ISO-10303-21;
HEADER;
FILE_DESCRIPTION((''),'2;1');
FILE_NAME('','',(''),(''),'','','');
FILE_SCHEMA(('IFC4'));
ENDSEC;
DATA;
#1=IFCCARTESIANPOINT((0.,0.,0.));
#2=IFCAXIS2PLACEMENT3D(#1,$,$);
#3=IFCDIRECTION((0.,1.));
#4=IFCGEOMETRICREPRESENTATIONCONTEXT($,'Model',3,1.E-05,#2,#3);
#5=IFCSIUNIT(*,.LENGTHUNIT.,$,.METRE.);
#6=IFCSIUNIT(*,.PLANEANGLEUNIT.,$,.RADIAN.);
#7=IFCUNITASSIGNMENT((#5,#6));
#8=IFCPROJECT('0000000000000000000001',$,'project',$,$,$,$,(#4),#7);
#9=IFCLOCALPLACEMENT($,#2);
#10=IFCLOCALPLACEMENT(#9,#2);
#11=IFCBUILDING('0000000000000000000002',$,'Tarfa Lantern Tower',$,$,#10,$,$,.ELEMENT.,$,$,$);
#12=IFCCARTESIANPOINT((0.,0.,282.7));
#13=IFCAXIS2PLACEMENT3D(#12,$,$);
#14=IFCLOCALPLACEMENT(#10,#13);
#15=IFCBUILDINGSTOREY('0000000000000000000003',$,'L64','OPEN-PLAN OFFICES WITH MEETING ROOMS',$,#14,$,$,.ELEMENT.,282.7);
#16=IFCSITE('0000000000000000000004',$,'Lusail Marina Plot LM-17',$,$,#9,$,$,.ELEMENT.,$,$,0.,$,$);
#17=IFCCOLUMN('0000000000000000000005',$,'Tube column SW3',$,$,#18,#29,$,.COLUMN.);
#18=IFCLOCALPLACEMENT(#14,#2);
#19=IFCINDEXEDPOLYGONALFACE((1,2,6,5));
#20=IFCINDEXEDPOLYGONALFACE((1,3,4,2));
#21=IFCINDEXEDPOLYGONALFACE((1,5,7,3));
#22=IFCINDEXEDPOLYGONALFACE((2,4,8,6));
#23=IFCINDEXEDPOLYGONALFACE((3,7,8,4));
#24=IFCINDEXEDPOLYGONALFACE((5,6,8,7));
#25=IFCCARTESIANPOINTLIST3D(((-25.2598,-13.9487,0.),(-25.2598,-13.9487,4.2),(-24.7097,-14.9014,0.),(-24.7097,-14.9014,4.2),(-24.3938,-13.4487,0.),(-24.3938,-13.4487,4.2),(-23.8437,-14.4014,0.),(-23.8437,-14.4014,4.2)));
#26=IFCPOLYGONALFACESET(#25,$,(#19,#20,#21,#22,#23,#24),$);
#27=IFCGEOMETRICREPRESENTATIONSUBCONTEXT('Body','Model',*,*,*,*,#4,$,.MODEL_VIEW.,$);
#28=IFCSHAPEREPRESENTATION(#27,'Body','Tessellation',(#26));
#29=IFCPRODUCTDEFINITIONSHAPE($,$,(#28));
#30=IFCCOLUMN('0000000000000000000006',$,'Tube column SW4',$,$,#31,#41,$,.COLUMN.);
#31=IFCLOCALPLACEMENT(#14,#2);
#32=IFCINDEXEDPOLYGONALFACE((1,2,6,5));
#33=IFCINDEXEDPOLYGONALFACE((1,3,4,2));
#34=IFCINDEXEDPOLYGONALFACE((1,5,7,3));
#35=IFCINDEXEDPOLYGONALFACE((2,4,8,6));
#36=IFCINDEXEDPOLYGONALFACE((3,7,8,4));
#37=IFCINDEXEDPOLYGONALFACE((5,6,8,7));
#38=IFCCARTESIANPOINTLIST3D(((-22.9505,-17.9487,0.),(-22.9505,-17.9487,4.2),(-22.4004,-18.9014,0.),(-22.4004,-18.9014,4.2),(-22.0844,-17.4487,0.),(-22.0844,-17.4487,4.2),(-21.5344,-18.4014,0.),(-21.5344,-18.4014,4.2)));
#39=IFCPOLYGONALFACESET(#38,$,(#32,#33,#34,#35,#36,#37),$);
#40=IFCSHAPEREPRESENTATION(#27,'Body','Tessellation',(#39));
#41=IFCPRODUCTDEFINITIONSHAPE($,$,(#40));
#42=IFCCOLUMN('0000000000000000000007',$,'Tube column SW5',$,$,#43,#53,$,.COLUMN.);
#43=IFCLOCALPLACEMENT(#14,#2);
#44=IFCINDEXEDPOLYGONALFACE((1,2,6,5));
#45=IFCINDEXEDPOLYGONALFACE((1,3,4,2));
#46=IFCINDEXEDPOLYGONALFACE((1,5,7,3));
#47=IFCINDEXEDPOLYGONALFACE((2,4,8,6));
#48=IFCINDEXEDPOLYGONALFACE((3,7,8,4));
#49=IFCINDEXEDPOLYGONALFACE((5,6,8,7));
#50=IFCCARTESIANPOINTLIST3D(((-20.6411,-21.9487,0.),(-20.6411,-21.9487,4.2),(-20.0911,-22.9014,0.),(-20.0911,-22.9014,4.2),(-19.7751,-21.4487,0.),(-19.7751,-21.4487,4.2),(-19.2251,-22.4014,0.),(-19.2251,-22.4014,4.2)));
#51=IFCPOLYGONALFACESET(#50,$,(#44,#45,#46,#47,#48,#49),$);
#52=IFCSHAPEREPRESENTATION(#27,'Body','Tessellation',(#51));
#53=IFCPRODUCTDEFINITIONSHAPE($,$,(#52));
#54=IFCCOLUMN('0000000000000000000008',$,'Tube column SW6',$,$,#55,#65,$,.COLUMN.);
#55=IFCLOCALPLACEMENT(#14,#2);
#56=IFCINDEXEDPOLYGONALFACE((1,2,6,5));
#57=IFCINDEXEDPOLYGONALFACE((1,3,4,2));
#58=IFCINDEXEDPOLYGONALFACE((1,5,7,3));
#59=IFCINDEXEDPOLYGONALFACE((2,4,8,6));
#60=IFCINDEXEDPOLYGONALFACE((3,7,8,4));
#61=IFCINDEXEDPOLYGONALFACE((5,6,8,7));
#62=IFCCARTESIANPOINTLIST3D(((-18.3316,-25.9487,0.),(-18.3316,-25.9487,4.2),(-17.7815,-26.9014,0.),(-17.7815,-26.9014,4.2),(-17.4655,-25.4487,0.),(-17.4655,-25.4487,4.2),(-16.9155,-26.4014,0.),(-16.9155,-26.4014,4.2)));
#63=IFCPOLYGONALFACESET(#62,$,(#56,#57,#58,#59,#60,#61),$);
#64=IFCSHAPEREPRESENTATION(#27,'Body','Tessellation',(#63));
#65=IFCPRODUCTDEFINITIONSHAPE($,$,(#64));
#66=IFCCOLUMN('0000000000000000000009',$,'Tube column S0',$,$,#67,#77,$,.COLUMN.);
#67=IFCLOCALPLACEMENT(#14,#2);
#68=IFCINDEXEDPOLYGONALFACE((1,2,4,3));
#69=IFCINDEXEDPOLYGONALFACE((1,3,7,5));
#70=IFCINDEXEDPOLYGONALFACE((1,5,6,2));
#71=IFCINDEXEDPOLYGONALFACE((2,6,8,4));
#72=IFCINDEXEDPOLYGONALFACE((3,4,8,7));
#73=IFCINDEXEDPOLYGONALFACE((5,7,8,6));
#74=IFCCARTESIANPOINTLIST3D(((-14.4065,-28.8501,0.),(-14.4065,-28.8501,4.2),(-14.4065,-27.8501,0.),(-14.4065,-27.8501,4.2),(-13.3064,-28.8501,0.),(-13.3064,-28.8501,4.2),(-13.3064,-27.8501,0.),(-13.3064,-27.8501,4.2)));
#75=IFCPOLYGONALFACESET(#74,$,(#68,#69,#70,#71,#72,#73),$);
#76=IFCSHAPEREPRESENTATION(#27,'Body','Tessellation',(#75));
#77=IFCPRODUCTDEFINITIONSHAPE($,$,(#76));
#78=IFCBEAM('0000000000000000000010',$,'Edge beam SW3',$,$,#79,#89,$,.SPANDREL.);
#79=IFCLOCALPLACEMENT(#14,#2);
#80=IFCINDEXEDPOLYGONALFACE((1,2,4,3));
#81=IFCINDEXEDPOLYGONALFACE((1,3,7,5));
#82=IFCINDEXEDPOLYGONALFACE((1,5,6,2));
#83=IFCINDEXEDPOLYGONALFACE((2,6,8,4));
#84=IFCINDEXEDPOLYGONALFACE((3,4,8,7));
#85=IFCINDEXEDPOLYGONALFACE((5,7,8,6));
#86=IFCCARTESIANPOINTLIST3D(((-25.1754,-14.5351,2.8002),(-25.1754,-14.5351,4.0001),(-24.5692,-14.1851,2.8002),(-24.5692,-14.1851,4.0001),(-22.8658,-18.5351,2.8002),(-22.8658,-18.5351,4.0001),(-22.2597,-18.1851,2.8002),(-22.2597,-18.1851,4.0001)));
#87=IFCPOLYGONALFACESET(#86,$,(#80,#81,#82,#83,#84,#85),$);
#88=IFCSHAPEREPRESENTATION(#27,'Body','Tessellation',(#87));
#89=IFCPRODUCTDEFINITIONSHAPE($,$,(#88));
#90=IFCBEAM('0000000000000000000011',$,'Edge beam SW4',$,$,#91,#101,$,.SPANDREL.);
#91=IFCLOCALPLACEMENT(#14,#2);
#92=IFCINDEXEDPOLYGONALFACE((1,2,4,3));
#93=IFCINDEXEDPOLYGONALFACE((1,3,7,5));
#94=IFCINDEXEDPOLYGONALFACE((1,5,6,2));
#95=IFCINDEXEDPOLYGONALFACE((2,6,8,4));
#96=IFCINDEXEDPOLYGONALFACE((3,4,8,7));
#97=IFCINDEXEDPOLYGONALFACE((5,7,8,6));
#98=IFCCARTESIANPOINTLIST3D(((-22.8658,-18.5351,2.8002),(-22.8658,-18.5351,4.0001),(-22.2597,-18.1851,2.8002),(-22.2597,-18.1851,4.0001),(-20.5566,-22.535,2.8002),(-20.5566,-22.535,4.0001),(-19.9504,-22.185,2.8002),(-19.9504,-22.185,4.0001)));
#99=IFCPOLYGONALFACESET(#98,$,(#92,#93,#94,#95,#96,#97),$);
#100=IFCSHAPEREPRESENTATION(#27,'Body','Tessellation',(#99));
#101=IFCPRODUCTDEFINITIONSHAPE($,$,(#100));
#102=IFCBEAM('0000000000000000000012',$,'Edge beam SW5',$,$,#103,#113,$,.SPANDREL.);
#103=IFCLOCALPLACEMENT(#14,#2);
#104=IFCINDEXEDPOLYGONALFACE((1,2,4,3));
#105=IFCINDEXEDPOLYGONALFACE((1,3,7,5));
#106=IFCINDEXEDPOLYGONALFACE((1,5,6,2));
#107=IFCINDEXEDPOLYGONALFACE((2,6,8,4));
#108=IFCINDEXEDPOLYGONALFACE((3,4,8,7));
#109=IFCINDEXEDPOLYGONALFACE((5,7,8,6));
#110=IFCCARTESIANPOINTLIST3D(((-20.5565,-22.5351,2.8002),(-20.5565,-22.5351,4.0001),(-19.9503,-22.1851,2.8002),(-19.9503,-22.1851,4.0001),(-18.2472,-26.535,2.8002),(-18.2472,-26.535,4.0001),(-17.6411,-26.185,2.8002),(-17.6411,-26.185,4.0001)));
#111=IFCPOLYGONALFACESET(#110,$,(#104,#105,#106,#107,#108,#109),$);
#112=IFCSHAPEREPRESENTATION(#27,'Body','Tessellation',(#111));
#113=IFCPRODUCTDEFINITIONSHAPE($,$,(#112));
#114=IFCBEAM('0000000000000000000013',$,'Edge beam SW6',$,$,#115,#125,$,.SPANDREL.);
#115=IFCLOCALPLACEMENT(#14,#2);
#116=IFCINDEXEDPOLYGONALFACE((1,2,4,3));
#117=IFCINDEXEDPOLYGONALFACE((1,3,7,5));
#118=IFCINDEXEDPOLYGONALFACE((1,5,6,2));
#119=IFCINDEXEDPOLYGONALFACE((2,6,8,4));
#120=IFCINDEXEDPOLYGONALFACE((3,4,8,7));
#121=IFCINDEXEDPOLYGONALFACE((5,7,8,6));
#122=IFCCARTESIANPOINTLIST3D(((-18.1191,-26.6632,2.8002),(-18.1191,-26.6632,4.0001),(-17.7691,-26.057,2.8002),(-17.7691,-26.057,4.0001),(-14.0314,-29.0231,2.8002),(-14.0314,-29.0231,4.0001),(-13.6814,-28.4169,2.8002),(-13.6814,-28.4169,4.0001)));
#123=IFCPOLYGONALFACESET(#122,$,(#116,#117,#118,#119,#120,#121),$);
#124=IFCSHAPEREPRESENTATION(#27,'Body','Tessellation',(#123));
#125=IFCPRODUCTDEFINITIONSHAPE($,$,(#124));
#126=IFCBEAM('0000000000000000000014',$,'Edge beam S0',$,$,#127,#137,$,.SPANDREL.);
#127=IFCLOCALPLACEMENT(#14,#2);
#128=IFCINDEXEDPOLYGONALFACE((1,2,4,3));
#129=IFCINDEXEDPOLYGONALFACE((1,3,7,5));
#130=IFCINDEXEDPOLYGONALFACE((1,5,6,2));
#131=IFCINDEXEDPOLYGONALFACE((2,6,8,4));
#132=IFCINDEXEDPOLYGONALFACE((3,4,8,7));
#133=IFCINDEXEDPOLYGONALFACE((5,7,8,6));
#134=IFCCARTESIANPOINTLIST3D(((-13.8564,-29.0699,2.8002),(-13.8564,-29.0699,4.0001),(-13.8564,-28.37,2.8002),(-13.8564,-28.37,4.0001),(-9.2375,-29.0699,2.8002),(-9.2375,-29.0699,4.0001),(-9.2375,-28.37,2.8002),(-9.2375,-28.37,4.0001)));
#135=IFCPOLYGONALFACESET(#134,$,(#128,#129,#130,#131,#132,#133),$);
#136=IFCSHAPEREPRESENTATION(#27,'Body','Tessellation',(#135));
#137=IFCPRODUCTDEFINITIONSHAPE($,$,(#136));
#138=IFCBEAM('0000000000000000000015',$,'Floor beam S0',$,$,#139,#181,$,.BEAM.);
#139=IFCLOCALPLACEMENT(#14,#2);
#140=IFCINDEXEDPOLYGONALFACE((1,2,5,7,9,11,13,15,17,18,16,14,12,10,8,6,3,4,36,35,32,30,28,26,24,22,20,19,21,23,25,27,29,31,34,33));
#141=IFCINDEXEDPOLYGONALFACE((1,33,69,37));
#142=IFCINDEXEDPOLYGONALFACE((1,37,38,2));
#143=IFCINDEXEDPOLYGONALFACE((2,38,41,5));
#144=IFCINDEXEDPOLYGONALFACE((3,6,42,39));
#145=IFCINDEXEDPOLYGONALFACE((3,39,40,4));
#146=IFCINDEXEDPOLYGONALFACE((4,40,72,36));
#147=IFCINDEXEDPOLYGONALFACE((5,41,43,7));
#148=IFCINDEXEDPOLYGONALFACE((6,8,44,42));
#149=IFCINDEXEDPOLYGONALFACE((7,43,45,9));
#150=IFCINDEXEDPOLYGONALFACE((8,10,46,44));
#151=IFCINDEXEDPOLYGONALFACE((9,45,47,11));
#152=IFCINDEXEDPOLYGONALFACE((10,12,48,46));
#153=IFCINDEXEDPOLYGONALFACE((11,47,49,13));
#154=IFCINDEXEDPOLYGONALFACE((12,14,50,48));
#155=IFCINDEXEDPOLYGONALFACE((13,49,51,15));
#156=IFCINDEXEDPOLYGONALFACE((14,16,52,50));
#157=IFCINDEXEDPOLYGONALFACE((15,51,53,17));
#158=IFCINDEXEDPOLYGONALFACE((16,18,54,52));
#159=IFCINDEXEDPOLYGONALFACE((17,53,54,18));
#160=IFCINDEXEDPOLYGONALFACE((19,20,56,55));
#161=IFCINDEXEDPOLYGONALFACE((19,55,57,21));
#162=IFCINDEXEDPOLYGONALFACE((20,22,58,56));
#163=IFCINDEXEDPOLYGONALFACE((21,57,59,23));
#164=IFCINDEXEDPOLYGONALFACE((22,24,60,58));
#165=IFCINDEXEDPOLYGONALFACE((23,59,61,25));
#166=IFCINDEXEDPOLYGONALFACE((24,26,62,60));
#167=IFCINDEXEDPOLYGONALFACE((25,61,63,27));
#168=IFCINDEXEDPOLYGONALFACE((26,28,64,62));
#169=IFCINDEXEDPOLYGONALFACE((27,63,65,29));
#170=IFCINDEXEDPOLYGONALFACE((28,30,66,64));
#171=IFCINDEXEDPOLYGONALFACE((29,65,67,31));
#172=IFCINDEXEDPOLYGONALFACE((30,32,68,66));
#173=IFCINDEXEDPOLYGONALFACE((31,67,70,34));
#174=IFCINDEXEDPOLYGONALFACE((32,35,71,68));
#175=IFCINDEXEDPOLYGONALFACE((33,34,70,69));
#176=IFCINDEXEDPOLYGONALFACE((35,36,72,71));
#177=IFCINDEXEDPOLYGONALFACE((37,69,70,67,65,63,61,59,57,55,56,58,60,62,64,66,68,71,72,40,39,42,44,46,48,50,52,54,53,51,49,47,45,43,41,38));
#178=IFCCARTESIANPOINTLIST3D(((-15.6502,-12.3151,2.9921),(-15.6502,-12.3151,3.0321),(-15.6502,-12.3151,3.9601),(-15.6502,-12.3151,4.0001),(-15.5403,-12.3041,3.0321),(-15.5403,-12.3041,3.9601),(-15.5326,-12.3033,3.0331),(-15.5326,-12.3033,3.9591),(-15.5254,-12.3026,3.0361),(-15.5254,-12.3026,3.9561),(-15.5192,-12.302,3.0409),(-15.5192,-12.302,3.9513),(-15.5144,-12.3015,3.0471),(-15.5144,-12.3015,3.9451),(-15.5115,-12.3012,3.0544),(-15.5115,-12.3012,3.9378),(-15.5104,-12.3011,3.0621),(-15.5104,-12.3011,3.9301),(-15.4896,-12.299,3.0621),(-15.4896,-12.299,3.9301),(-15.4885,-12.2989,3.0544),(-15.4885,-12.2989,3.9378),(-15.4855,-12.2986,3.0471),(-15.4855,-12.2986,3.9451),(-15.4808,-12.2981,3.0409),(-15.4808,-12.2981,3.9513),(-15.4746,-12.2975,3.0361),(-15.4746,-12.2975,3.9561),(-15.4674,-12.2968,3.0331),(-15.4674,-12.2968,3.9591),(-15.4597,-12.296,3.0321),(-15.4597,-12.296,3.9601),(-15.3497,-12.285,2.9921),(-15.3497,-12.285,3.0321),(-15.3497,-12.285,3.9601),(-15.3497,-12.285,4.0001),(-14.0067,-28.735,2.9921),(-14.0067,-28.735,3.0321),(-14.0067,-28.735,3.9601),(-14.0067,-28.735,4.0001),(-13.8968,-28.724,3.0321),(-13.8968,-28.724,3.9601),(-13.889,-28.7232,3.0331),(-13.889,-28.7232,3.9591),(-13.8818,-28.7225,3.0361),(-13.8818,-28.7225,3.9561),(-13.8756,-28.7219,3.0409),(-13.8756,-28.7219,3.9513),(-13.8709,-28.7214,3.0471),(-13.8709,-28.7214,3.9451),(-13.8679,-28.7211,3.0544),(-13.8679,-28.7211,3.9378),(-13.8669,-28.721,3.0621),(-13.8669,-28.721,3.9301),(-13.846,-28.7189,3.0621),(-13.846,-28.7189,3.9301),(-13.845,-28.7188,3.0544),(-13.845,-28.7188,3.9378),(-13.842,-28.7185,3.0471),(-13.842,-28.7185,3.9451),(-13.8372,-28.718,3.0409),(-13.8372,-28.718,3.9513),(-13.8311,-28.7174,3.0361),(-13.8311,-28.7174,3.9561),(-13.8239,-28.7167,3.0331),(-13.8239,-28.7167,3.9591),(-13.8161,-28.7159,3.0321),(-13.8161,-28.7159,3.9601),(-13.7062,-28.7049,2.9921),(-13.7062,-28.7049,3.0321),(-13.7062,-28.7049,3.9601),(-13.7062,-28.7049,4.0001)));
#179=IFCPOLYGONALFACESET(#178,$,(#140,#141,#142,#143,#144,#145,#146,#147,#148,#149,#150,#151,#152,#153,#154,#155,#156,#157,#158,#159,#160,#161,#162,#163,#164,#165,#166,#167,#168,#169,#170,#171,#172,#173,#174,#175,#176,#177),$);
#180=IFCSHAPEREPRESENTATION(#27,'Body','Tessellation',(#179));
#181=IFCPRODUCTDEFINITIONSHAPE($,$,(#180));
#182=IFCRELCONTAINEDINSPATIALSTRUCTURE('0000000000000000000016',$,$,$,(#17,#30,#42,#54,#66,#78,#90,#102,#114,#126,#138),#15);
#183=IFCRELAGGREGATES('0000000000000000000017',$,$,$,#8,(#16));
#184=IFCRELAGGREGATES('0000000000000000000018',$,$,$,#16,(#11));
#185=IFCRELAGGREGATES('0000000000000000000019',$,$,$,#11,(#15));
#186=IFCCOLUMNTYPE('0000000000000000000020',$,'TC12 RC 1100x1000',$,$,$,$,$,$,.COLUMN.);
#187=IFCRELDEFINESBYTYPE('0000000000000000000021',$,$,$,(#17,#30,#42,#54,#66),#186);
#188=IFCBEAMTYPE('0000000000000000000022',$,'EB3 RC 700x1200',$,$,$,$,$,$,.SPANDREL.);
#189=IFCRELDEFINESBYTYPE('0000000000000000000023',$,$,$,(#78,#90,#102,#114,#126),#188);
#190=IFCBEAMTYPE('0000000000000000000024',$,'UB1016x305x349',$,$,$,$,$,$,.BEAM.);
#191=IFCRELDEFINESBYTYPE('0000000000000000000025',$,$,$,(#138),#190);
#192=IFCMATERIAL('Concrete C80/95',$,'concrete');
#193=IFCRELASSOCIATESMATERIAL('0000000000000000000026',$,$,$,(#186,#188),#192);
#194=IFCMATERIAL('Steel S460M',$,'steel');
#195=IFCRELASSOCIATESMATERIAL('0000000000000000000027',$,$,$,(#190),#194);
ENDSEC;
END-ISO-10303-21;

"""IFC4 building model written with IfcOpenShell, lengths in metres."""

from ifc_helpers import new_model, si_unit, direction, frame, origin, origin_2d, place, context, subcontext, project, spatial, rectangle, i_section, extrude, material, material_profile, profile_set, type_object, element, save


model = new_model("IFC4")

# Units and contexts
model_context = context("Model", 3, precision=1e-05, world=origin(), true_north=direction((0.0, 1.0)))
body_context = subcontext(model_context, "Body", "Model", "MODEL_VIEW")
ifc_project = project(units=[si_unit("LENGTHUNIT", "METRE"), si_unit("PLANEANGLEUNIT", "RADIAN")], contexts=[model_context])

# Site, building, storey
site_placement = place(None, origin())
site = spatial("IfcSite", under=ifc_project, at=site_placement, Name="Lusail Marina Plot LM-17", CompositionType="ELEMENT", RefElevation=0.0)
building_placement = place(site_placement, origin())
building = spatial("IfcBuilding", under=site, at=building_placement, Name="Tarfa Lantern Tower", CompositionType="ELEMENT")
storey_placement = place(building_placement, frame((0.0, 0.0, 282.7)))
storey = spatial("IfcBuildingStorey", under=building, at=storey_placement, Name="L64", Description="OPEN-PLAN OFFICES WITH MEETING ROOMS", CompositionType="ELEMENT", Elevation=282.7)

# Columns
ifc_material_1 = material(Name="Concrete C80/95", Category="concrete")
ifc_material_profile_1 = material_profile(ifc_material_1, rectangle(XDim=1.1001, YDim=1.0, at=origin_2d()), Name="RC 1100x1000")
ifc_profile_set_1 = profile_set([ifc_material_profile_1], Name="Concrete C80/95")
column_type = type_object("IfcColumnType", Name="TC12 RC 1100x1000", PredefinedType="COLUMN", material=ifc_profile_set_1)
for number, where, z_axis, x_axis, name in (
    (1, (-24.5518, -14.175, 0.0), (0.0, 0.0, 1.0), (0.5, -0.866025, 0.0), "Tube column SW3"),
    (2, (-22.2424, -18.175, 0.0), (0.0, 0.0, 1.0), (0.5, -0.866025, 0.0), "Tube column SW4"),
    (3, (-19.9331, -22.175, 0.0), (0.0, 0.0, 1.0), (0.5, -0.866025, 0.0), "Tube column SW5"),
    (4, (-17.6235, -26.175, 0.0), (0.0, 0.0, 1.0), (0.5, -0.866025, 0.0), "Tube column SW6"),
    (5, (-13.8564, -28.3501, 0.0), (0.0, 0.0, 1.0), (1.0, 0.0, 0.0), "Tube column S0"),
):
    element("IfcColumn", number, at=place(storey_placement, frame(where, z_axis=z_axis, x_axis=x_axis)), inside=storey, type_object=column_type, Name=name, PredefinedType="COLUMN", context=body_context, shape_type="SweptSolid", body=[
        extrude(rectangle(XDim=1.1001, YDim=1.0, at=origin_2d()), origin(), (0.0, 0.0, 1.0), 4.2),
    ])

# Beams
ifc_material_profile_2 = material_profile(ifc_material_1, rectangle(XDim=0.7, YDim=1.2, at=origin_2d()), Name="RC 700x1200")
ifc_profile_set_2 = profile_set([ifc_material_profile_2], Name="Concrete C80/95")
beam_type_1 = type_object("IfcBeamType", Name="EB3 RC 700x1200", PredefinedType="SPANDREL", material=ifc_profile_set_2)
beam_1_placement = place(storey_placement, frame((-24.8723, -14.3601, 3.4001), z_axis=(0.500027, -0.86601, 0.0), x_axis=(0.86601, 0.500027, 0.0)))
element("IfcBeam", 6, at=beam_1_placement, inside=storey, type_object=beam_type_1, Name="Edge beam SW3", PredefinedType="SPANDREL", context=body_context, shape_type="SweptSolid", body=[
    extrude(rectangle(XDim=0.7, YDim=1.2, at=origin_2d()), origin(), (0.0, 0.0, 1.0), 4.6189),
])
for number, where, z_axis, x_axis, name in (
    (7, (-22.5627, -18.3601, 3.4001), (0.499988, -0.866032, 0.0), (0.866032, 0.499988, 0.0), "Edge beam SW4"),
    (8, (-20.2534, -22.3601, 3.4001), (0.499988, -0.866032, 0.0), (0.866032, 0.499988, 0.0), "Edge beam SW5"),
):
    element("IfcBeam", number, at=place(storey_placement, frame(where, z_axis=z_axis, x_axis=x_axis)), inside=storey, type_object=beam_type_1, Name=name, PredefinedType="SPANDREL", context=body_context, shape_type="SweptSolid", body=[
        extrude(rectangle(XDim=0.7, YDim=1.2, at=origin_2d()), origin(), (0.0, 0.0, 1.0), 4.6187),
    ])
beam_2_placement = place(storey_placement, frame((-17.9441, -26.3601, 3.4001), z_axis=(0.866038, -0.499978, 0.0), x_axis=(0.499978, 0.866038, 0.0)))
element("IfcBeam", 9, at=beam_2_placement, inside=storey, type_object=beam_type_1, Name="Edge beam SW6", PredefinedType="SPANDREL", context=body_context, shape_type="SweptSolid", body=[
    extrude(rectangle(XDim=0.7, YDim=1.2, at=origin_2d()), origin(), (0.0, 0.0, 1.0), 4.72),
])
beam_3_placement = place(storey_placement, frame((-13.8564, -28.72, 3.4001), z_axis=(1.0, 0.0, 0.0), x_axis=(0.0, 1.0, 0.0)))
element("IfcBeam", 10, at=beam_3_placement, inside=storey, type_object=beam_type_1, Name="Edge beam S0", PredefinedType="SPANDREL", context=body_context, shape_type="SweptSolid", body=[
    extrude(rectangle(XDim=0.7, YDim=1.2, at=origin_2d()), origin(), (0.0, 0.0, 1.0), 4.6189),
])
ifc_material_2 = material(Name="Steel S460M", Category="steel")
ifc_material_profile_3 = material_profile(ifc_material_2, i_section(OverallWidth=0.302, OverallDepth=1.0081, WebThickness=0.021, FlangeThickness=0.04, FilletRadius=0.03, at=origin_2d()), Name="UB1016x305x349")
ifc_profile_set_3 = profile_set([ifc_material_profile_3], Name="Steel S460M")
beam_type_2 = type_object("IfcBeamType", Name="UB1016x305x349", PredefinedType="BEAM", material=ifc_profile_set_3)
beam_4_placement = place(storey_placement, frame((-13.8564, -28.72, 3.4961), z_axis=(-0.099597, 0.995028, 0.0), x_axis=(-0.995028, -0.099597, 0.0)))
element("IfcBeam", 11, at=beam_4_placement, inside=storey, type_object=beam_type_2, Name="Floor beam S0", PredefinedType="BEAM", context=body_context, shape_type="SweptSolid", body=[
    extrude(i_section(OverallWidth=0.302, OverallDepth=1.0081, WebThickness=0.021, FlangeThickness=0.04, FilletRadius=0.03, at=origin_2d()), origin(), (0.0, 0.0, 1.0), 16.502),
])

save(model, "model.ifc")
